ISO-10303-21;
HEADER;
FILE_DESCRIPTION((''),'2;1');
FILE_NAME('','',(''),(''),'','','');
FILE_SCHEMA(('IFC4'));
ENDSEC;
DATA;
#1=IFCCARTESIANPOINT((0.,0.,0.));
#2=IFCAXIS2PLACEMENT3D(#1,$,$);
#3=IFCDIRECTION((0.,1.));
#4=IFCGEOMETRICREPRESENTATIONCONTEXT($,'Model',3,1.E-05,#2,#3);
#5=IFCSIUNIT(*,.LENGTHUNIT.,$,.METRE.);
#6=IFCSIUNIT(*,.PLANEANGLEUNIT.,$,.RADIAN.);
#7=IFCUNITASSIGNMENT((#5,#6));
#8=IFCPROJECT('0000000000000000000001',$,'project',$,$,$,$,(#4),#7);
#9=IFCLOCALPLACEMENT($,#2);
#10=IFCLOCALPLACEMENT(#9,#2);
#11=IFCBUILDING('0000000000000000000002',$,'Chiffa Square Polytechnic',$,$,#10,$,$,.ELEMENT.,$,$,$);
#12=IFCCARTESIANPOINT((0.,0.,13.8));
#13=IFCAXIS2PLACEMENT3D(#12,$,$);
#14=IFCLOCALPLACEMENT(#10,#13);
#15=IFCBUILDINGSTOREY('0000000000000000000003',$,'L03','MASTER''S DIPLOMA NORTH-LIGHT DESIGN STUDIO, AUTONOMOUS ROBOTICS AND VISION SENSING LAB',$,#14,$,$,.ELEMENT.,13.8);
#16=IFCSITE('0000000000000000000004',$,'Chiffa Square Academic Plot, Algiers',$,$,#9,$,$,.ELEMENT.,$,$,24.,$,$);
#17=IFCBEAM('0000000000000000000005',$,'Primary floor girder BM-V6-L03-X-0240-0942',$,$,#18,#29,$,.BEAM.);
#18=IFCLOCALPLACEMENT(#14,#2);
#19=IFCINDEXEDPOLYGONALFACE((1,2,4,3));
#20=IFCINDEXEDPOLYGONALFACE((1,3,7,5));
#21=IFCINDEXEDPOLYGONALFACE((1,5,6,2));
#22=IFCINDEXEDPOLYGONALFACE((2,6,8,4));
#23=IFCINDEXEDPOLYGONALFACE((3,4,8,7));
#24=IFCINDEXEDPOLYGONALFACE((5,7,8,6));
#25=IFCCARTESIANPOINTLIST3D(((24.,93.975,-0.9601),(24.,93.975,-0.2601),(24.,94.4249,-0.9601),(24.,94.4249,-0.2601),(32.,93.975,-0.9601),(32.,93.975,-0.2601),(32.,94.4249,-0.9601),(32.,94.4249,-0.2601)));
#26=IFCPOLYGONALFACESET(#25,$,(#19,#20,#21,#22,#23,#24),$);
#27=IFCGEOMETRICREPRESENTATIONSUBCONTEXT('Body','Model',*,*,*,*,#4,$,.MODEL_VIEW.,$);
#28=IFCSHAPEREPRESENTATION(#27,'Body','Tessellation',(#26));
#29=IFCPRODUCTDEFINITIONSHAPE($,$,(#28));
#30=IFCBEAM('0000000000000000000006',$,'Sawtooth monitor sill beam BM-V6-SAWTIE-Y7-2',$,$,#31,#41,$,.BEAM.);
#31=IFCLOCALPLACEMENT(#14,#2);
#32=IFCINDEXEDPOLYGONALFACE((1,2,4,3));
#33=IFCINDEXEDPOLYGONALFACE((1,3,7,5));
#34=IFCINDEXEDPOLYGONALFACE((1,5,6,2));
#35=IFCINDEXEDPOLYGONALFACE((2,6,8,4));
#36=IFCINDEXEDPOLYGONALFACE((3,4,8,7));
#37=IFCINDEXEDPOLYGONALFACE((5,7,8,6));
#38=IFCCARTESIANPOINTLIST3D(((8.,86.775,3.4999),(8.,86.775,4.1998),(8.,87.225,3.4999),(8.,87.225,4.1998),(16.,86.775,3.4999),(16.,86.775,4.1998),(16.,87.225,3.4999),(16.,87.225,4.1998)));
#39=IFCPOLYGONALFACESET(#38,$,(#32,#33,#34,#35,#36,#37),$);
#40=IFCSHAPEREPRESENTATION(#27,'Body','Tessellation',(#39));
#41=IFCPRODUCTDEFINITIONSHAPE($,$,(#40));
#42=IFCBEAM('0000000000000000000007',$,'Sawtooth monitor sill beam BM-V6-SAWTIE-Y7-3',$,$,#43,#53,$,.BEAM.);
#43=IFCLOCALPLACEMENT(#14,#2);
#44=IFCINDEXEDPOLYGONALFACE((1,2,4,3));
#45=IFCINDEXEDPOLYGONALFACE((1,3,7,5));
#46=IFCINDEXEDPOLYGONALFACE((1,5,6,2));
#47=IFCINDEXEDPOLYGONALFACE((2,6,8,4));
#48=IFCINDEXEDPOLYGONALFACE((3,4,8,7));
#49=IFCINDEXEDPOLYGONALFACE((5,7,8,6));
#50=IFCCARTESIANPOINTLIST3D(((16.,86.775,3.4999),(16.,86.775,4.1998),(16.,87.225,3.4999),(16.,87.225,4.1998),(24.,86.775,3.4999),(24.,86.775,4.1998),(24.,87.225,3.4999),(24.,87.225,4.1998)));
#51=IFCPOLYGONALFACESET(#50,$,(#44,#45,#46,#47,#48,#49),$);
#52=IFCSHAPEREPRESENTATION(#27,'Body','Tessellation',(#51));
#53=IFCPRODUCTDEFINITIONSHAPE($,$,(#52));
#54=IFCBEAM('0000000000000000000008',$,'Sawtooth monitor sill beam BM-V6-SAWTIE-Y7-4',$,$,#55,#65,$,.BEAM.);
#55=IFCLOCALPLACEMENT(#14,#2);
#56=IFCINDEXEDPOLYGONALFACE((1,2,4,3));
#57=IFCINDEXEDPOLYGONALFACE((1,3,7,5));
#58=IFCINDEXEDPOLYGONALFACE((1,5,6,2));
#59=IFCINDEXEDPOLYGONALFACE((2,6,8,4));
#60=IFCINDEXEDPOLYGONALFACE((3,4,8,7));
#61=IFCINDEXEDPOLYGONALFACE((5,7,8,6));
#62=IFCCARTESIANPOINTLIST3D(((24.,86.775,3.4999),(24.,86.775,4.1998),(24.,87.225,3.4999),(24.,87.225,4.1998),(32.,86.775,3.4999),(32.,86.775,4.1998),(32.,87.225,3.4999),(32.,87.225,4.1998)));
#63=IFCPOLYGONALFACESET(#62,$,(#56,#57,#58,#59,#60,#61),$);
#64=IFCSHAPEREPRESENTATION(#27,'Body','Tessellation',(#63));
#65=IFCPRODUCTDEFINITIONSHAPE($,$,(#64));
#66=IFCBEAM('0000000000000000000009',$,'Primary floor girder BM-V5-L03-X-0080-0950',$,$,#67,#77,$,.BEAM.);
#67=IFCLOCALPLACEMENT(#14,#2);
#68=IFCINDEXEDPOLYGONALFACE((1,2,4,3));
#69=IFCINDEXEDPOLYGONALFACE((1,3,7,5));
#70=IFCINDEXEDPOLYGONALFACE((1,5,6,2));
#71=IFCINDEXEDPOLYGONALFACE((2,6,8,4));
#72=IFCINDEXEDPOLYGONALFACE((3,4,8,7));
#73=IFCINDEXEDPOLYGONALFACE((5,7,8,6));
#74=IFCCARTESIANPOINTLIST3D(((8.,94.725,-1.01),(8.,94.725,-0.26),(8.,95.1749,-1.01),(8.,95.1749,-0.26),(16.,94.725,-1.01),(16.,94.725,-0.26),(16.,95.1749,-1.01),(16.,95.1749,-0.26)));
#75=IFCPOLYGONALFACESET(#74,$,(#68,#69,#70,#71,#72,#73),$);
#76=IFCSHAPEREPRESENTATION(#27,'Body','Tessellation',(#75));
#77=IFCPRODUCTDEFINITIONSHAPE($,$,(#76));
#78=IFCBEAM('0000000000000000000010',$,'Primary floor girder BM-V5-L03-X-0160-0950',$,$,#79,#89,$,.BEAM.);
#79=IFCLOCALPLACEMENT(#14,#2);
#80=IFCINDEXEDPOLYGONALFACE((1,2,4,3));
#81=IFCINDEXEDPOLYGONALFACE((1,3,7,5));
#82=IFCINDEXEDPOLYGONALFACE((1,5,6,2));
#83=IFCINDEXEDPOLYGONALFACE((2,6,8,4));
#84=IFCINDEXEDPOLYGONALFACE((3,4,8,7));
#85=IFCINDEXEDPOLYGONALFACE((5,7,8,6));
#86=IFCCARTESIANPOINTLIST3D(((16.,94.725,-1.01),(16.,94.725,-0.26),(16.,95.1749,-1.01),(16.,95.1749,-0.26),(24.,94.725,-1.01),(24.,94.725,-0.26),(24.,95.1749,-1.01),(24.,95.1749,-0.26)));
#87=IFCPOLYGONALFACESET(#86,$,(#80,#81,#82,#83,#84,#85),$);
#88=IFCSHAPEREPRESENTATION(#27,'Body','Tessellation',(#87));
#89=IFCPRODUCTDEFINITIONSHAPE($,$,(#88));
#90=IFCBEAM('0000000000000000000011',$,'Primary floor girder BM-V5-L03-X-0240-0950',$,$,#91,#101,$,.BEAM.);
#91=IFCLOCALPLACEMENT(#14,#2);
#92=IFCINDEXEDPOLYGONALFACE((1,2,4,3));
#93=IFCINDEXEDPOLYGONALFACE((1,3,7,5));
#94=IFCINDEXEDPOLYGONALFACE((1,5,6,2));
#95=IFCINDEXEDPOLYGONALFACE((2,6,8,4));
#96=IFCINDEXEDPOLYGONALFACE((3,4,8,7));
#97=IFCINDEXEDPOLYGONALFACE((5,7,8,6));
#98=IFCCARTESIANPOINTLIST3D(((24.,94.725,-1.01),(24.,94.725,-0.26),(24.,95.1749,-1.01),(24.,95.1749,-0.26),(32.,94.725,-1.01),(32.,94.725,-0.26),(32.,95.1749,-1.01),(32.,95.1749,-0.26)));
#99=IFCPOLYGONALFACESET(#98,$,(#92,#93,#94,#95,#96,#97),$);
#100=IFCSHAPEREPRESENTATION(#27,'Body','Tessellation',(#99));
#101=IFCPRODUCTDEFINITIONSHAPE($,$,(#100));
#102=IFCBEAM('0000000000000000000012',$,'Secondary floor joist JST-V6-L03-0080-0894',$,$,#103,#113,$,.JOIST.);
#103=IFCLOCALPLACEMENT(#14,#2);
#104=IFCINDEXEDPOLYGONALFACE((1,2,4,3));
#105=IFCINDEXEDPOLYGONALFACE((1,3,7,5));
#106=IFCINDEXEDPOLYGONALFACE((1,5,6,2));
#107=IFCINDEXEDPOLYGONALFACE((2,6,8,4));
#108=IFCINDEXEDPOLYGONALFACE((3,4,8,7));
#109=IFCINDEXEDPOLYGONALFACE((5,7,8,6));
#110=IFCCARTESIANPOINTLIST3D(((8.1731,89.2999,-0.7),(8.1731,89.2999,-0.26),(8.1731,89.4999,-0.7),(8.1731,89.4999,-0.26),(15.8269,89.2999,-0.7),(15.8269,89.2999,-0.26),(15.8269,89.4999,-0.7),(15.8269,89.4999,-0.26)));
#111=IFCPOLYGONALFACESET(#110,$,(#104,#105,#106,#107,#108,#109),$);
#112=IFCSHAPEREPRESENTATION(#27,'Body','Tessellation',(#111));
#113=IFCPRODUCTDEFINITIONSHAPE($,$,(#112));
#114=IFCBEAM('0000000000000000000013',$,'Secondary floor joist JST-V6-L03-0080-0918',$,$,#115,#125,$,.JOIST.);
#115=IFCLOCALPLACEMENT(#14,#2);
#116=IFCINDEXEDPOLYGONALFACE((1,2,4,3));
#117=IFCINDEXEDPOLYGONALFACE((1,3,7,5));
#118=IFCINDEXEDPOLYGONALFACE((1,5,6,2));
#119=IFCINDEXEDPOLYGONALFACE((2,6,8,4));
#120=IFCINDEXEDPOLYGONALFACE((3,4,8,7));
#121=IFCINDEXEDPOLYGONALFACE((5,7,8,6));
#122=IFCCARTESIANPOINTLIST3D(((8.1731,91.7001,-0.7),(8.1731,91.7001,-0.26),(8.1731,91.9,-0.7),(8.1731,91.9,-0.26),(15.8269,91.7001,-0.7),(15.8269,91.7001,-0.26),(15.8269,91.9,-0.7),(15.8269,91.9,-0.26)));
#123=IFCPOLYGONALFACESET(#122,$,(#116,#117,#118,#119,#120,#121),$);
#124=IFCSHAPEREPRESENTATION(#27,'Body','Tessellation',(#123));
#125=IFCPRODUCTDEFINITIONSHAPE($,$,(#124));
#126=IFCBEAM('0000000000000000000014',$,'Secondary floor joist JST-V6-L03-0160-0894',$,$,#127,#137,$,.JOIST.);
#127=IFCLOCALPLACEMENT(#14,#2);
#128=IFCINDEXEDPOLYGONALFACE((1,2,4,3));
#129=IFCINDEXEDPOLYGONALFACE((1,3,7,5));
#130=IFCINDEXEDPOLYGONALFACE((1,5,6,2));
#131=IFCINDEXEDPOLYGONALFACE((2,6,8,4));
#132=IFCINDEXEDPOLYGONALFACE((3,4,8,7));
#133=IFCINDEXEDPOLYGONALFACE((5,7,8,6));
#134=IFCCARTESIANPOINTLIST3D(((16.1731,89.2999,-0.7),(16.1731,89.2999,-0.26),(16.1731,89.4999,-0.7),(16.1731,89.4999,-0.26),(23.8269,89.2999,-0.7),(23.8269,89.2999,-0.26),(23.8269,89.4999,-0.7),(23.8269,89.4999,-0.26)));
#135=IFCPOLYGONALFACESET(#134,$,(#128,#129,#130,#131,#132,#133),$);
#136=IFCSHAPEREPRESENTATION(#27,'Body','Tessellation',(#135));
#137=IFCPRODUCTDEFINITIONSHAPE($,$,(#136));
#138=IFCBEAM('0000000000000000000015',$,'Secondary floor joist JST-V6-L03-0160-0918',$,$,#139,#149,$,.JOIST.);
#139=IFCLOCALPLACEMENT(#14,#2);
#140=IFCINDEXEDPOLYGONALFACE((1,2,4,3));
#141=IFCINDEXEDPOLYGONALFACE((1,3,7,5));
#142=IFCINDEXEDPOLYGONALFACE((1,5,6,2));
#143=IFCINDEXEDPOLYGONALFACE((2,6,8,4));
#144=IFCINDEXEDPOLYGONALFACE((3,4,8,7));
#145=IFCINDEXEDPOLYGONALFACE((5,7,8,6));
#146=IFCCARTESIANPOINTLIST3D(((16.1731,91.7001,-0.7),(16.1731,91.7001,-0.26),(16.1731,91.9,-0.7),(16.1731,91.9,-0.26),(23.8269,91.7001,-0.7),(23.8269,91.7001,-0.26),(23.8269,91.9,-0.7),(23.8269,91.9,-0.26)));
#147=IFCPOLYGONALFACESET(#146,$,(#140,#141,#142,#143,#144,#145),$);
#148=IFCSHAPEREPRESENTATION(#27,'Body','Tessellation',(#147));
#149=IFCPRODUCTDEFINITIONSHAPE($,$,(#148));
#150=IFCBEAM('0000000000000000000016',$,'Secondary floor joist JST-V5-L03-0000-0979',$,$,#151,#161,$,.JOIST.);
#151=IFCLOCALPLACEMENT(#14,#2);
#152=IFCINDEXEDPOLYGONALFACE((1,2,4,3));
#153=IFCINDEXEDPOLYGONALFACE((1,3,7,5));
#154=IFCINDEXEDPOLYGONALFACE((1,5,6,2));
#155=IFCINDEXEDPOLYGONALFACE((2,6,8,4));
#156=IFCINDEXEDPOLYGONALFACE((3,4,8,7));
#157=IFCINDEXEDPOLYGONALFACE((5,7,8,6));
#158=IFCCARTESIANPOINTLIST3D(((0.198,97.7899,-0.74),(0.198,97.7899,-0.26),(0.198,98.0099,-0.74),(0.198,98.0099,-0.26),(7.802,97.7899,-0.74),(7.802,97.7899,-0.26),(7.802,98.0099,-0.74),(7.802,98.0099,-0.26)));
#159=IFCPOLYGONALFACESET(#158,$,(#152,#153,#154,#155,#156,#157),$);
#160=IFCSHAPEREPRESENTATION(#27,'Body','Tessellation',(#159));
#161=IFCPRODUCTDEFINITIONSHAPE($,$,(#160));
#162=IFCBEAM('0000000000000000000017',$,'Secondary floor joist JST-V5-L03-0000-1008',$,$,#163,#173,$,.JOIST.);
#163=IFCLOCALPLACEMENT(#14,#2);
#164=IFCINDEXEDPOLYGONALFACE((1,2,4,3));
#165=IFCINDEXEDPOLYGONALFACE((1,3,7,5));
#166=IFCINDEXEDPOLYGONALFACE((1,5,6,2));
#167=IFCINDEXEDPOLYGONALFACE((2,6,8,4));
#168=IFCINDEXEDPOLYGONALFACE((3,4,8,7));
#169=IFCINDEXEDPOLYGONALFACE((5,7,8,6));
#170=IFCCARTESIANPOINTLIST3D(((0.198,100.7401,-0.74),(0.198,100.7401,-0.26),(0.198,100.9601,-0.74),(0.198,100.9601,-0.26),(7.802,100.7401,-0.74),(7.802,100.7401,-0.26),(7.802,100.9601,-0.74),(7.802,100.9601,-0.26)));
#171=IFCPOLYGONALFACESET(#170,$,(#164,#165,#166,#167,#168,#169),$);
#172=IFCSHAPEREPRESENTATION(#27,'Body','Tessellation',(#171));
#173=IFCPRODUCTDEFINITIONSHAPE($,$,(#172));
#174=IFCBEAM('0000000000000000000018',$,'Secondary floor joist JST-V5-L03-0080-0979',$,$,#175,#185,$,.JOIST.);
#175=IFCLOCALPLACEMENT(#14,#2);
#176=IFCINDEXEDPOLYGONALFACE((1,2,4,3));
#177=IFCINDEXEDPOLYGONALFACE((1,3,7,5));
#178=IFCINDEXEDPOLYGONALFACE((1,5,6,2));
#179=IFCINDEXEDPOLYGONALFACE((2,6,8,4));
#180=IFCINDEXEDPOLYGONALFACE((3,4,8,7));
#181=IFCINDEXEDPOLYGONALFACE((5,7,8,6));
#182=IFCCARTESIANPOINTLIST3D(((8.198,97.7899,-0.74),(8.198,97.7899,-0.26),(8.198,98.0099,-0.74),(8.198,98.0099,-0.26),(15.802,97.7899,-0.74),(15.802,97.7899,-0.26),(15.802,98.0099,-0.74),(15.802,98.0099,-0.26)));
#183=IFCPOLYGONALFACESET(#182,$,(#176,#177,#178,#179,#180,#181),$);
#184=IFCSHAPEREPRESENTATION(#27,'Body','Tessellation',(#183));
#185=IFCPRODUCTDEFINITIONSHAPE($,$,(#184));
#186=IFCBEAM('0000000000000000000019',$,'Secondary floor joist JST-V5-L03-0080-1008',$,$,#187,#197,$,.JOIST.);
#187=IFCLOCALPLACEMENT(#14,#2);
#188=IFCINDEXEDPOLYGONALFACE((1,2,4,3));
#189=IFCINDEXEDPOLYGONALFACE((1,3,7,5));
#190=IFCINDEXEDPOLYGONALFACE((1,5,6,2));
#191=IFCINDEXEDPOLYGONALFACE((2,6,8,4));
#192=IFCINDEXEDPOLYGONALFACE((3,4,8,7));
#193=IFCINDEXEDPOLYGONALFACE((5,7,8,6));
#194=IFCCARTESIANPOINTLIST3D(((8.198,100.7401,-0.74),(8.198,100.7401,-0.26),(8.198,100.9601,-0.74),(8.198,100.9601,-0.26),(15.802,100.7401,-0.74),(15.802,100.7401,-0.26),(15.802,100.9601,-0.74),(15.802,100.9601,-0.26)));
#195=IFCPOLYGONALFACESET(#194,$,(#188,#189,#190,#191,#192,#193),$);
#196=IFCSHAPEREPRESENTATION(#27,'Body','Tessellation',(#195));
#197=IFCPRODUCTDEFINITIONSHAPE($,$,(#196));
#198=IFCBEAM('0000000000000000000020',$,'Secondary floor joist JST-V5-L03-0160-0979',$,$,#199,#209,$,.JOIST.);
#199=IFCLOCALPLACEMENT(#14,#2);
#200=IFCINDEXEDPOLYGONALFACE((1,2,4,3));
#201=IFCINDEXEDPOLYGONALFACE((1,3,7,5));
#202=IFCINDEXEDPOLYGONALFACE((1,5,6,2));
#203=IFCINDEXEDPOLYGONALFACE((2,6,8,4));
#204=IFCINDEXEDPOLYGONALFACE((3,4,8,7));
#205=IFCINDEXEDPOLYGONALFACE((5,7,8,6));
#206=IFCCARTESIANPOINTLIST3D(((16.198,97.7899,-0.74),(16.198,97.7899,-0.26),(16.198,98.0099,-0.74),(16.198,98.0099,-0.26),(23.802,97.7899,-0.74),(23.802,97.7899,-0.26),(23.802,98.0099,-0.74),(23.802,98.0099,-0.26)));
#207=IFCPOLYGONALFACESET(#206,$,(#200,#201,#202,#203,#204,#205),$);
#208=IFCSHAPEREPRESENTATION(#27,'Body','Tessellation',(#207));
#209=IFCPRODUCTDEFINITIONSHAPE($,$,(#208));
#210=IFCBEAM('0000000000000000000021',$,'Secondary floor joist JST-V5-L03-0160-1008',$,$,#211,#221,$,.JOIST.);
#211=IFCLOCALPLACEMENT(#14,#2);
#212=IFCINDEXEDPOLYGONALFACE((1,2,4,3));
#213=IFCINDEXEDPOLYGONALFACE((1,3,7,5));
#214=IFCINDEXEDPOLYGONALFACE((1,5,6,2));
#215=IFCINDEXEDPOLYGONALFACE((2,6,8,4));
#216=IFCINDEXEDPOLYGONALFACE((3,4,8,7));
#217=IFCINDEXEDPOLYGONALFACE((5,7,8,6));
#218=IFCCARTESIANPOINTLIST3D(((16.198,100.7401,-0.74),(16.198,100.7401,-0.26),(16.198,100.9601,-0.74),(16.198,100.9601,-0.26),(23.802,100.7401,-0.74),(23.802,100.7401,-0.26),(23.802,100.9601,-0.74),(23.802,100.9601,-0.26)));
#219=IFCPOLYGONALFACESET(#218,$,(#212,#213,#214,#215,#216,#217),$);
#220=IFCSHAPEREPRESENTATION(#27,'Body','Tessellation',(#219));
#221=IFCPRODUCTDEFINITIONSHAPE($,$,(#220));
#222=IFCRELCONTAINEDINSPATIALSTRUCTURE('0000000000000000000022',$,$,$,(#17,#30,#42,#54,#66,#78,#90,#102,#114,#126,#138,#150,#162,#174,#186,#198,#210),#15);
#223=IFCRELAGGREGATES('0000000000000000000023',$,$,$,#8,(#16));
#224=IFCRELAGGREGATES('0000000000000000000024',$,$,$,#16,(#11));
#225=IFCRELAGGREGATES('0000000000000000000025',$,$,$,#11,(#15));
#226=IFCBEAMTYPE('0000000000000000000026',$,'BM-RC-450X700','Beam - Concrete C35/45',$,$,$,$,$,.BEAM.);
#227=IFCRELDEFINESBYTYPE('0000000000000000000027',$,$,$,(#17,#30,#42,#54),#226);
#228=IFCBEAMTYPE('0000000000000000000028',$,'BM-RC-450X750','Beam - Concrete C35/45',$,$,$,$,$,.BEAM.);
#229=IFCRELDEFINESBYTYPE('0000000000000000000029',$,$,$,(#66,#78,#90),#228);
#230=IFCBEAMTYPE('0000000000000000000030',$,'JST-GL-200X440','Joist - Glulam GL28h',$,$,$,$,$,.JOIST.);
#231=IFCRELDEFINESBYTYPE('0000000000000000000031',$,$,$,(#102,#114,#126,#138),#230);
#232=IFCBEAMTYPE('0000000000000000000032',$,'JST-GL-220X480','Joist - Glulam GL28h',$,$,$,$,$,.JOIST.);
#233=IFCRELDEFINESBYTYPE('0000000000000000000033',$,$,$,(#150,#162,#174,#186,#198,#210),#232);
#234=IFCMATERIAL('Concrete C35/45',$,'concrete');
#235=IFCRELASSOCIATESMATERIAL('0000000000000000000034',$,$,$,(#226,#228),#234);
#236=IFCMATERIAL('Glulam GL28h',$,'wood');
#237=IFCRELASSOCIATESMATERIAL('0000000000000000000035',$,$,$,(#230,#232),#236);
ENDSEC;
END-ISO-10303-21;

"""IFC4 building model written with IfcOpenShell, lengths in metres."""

from ifc_helpers import new_model, si_unit, direction, frame, origin, origin_2d, place, context, subcontext, project, spatial, rectangle, extrude, material, material_profile, profile_set, type_object, element, save


model = new_model("IFC4")

# Units and contexts
model_context = context("Model", 3, precision=1e-05, world=origin(), true_north=direction((0.0, 1.0)))
body_context = subcontext(model_context, "Body", "Model", "MODEL_VIEW")
ifc_project = project(units=[si_unit("LENGTHUNIT", "METRE"), si_unit("PLANEANGLEUNIT", "RADIAN")], contexts=[model_context])

# Site, building, storey
site_placement = place(None, origin())
site = spatial("IfcSite", under=ifc_project, at=site_placement, Name="Chiffa Square Academic Plot, Algiers", CompositionType="ELEMENT", RefElevation=24.0)
building_placement = place(site_placement, origin())
building = spatial("IfcBuilding", under=site, at=building_placement, Name="Chiffa Square Polytechnic", CompositionType="ELEMENT")
storey_placement = place(building_placement, frame((0.0, 0.0, 13.8)))
storey = spatial("IfcBuildingStorey", under=building, at=storey_placement, Name="L03", Description="MASTER'S DIPLOMA NORTH-LIGHT DESIGN STUDIO, AUTONOMOUS ROBOTICS AND VISION SENSING LAB", CompositionType="ELEMENT", Elevation=13.8)

# Shared definitions
ifc_material_1 = material(Name="Concrete C35/45", Category="concrete")

# Beams
ifc_material_profile_1 = material_profile(ifc_material_1, rectangle(XDim=0.45, YDim=0.7, at=origin_2d()), Name="RC 450x700")
ifc_profile_set_1 = profile_set([ifc_material_profile_1], Name="Concrete C35/45")
beam_type_1 = type_object("IfcBeamType", Name="BM-RC-450X700", Description="Beam - Concrete C35/45", PredefinedType="BEAM", material=ifc_profile_set_1)
for number, where, z_axis, x_axis, name in (
    (1, (24.0, 94.2, -0.6101), (1.0, 0.0, 0.0), (0.0, 1.0, 0.0), "Primary floor girder BM-V6-L03-X-0240-0942"),
    (2, (8.0, 87.0, 3.8499), (1.0, 0.0, 0.0), (0.0, 1.0, 0.0), "Sawtooth monitor sill beam BM-V6-SAWTIE-Y7-2"),
    (3, (16.0, 87.0, 3.8499), (1.0, 0.0, 0.0), (0.0, 1.0, 0.0), "Sawtooth monitor sill beam BM-V6-SAWTIE-Y7-3"),
    (4, (24.0, 87.0, 3.8499), (1.0, 0.0, 0.0), (0.0, 1.0, 0.0), "Sawtooth monitor sill beam BM-V6-SAWTIE-Y7-4"),
):
    element("IfcBeam", number, at=place(storey_placement, frame(where, z_axis=z_axis, x_axis=x_axis)), inside=storey, type_object=beam_type_1, Name=name, PredefinedType="BEAM", context=body_context, shape_type="SweptSolid", body=[
        extrude(rectangle(XDim=0.45, YDim=0.7, at=origin_2d()), origin(), (0.0, 0.0, 1.0), 8.0),
    ])
ifc_material_profile_2 = material_profile(ifc_material_1, rectangle(XDim=0.45, YDim=0.75, at=origin_2d()), Name="RC 450x750")
ifc_profile_set_2 = profile_set([ifc_material_profile_2], Name="Concrete C35/45")
beam_type_2 = type_object("IfcBeamType", Name="BM-RC-450X750", Description="Beam - Concrete C35/45", PredefinedType="BEAM", material=ifc_profile_set_2)
for number, where, z_axis, x_axis, name in (
    (5, (8.0, 94.95, -0.635), (1.0, 0.0, 0.0), (0.0, 1.0, 0.0), "Primary floor girder BM-V5-L03-X-0080-0950"),
    (6, (16.0, 94.95, -0.635), (1.0, 0.0, 0.0), (0.0, 1.0, 0.0), "Primary floor girder BM-V5-L03-X-0160-0950"),
    (7, (24.0, 94.95, -0.635), (1.0, 0.0, 0.0), (0.0, 1.0, 0.0), "Primary floor girder BM-V5-L03-X-0240-0950"),
):
    element("IfcBeam", number, at=place(storey_placement, frame(where, z_axis=z_axis, x_axis=x_axis)), inside=storey, type_object=beam_type_2, Name=name, PredefinedType="BEAM", context=body_context, shape_type="SweptSolid", body=[
        extrude(rectangle(XDim=0.45, YDim=0.75, at=origin_2d()), origin(), (0.0, 0.0, 1.0), 8.0),
    ])
ifc_material_2 = material(Name="Glulam GL28h", Category="wood")
ifc_material_profile_3 = material_profile(ifc_material_2, rectangle(XDim=0.2, YDim=0.4399, at=origin_2d()), Name="GL28h 200x440")
ifc_profile_set_3 = profile_set([ifc_material_profile_3], Name="Glulam GL28h")
beam_type_3 = type_object("IfcBeamType", Name="JST-GL-200X440", Description="Joist - Glulam GL28h", PredefinedType="JOIST", material=ifc_profile_set_3)
for number, where, z_axis, x_axis, name in (
    (8, (8.1731, 89.3999, -0.48), (1.0, 0.0, 0.0), (0.0, 1.0, 0.0), "Secondary floor joist JST-V6-L03-0080-0894"),
    (9, (8.1731, 91.8, -0.48), (1.0, 0.0, 0.0), (0.0, 1.0, 0.0), "Secondary floor joist JST-V6-L03-0080-0918"),
    (10, (16.1731, 89.3999, -0.48), (1.0, 0.0, 0.0), (0.0, 1.0, 0.0), "Secondary floor joist JST-V6-L03-0160-0894"),
    (11, (16.1731, 91.8, -0.48), (1.0, 0.0, 0.0), (0.0, 1.0, 0.0), "Secondary floor joist JST-V6-L03-0160-0918"),
):
    element("IfcBeam", number, at=place(storey_placement, frame(where, z_axis=z_axis, x_axis=x_axis)), inside=storey, type_object=beam_type_3, Name=name, PredefinedType="JOIST", context=body_context, shape_type="SweptSolid", body=[
        extrude(rectangle(XDim=0.2, YDim=0.4399, at=origin_2d()), origin(), (0.0, 0.0, 1.0), 7.6538),
    ])
ifc_material_profile_4 = material_profile(ifc_material_2, rectangle(XDim=0.22, YDim=0.48, at=origin_2d()), Name="GL28h 220x480")
ifc_profile_set_4 = profile_set([ifc_material_profile_4], Name="Glulam GL28h")
beam_type_4 = type_object("IfcBeamType", Name="JST-GL-220X480", Description="Joist - Glulam GL28h", PredefinedType="JOIST", material=ifc_profile_set_4)
for number, where, z_axis, x_axis, name in (
    (12, (0.198, 97.8999, -0.5), (1.0, 0.0, 0.0), (0.0, 1.0, 0.0), "Secondary floor joist JST-V5-L03-0000-0979"),
    (13, (0.198, 100.8501, -0.5), (1.0, 0.0, 0.0), (0.0, 1.0, 0.0), "Secondary floor joist JST-V5-L03-0000-1008"),
    (14, (8.198, 97.8999, -0.5), (1.0, 0.0, 0.0), (0.0, 1.0, 0.0), "Secondary floor joist JST-V5-L03-0080-0979"),
    (15, (8.198, 100.8501, -0.5), (1.0, 0.0, 0.0), (0.0, 1.0, 0.0), "Secondary floor joist JST-V5-L03-0080-1008"),
    (16, (16.198, 97.8999, -0.5), (1.0, 0.0, 0.0), (0.0, 1.0, 0.0), "Secondary floor joist JST-V5-L03-0160-0979"),
    (17, (16.198, 100.8501, -0.5), (1.0, 0.0, 0.0), (0.0, 1.0, 0.0), "Secondary floor joist JST-V5-L03-0160-1008"),
):
    element("IfcBeam", number, at=place(storey_placement, frame(where, z_axis=z_axis, x_axis=x_axis)), inside=storey, type_object=beam_type_4, Name=name, PredefinedType="JOIST", context=body_context, shape_type="SweptSolid", body=[
        extrude(rectangle(XDim=0.22, YDim=0.48, at=origin_2d()), origin(), (0.0, 0.0, 1.0), 7.604),
    ])

save(model, "model.ifc")
